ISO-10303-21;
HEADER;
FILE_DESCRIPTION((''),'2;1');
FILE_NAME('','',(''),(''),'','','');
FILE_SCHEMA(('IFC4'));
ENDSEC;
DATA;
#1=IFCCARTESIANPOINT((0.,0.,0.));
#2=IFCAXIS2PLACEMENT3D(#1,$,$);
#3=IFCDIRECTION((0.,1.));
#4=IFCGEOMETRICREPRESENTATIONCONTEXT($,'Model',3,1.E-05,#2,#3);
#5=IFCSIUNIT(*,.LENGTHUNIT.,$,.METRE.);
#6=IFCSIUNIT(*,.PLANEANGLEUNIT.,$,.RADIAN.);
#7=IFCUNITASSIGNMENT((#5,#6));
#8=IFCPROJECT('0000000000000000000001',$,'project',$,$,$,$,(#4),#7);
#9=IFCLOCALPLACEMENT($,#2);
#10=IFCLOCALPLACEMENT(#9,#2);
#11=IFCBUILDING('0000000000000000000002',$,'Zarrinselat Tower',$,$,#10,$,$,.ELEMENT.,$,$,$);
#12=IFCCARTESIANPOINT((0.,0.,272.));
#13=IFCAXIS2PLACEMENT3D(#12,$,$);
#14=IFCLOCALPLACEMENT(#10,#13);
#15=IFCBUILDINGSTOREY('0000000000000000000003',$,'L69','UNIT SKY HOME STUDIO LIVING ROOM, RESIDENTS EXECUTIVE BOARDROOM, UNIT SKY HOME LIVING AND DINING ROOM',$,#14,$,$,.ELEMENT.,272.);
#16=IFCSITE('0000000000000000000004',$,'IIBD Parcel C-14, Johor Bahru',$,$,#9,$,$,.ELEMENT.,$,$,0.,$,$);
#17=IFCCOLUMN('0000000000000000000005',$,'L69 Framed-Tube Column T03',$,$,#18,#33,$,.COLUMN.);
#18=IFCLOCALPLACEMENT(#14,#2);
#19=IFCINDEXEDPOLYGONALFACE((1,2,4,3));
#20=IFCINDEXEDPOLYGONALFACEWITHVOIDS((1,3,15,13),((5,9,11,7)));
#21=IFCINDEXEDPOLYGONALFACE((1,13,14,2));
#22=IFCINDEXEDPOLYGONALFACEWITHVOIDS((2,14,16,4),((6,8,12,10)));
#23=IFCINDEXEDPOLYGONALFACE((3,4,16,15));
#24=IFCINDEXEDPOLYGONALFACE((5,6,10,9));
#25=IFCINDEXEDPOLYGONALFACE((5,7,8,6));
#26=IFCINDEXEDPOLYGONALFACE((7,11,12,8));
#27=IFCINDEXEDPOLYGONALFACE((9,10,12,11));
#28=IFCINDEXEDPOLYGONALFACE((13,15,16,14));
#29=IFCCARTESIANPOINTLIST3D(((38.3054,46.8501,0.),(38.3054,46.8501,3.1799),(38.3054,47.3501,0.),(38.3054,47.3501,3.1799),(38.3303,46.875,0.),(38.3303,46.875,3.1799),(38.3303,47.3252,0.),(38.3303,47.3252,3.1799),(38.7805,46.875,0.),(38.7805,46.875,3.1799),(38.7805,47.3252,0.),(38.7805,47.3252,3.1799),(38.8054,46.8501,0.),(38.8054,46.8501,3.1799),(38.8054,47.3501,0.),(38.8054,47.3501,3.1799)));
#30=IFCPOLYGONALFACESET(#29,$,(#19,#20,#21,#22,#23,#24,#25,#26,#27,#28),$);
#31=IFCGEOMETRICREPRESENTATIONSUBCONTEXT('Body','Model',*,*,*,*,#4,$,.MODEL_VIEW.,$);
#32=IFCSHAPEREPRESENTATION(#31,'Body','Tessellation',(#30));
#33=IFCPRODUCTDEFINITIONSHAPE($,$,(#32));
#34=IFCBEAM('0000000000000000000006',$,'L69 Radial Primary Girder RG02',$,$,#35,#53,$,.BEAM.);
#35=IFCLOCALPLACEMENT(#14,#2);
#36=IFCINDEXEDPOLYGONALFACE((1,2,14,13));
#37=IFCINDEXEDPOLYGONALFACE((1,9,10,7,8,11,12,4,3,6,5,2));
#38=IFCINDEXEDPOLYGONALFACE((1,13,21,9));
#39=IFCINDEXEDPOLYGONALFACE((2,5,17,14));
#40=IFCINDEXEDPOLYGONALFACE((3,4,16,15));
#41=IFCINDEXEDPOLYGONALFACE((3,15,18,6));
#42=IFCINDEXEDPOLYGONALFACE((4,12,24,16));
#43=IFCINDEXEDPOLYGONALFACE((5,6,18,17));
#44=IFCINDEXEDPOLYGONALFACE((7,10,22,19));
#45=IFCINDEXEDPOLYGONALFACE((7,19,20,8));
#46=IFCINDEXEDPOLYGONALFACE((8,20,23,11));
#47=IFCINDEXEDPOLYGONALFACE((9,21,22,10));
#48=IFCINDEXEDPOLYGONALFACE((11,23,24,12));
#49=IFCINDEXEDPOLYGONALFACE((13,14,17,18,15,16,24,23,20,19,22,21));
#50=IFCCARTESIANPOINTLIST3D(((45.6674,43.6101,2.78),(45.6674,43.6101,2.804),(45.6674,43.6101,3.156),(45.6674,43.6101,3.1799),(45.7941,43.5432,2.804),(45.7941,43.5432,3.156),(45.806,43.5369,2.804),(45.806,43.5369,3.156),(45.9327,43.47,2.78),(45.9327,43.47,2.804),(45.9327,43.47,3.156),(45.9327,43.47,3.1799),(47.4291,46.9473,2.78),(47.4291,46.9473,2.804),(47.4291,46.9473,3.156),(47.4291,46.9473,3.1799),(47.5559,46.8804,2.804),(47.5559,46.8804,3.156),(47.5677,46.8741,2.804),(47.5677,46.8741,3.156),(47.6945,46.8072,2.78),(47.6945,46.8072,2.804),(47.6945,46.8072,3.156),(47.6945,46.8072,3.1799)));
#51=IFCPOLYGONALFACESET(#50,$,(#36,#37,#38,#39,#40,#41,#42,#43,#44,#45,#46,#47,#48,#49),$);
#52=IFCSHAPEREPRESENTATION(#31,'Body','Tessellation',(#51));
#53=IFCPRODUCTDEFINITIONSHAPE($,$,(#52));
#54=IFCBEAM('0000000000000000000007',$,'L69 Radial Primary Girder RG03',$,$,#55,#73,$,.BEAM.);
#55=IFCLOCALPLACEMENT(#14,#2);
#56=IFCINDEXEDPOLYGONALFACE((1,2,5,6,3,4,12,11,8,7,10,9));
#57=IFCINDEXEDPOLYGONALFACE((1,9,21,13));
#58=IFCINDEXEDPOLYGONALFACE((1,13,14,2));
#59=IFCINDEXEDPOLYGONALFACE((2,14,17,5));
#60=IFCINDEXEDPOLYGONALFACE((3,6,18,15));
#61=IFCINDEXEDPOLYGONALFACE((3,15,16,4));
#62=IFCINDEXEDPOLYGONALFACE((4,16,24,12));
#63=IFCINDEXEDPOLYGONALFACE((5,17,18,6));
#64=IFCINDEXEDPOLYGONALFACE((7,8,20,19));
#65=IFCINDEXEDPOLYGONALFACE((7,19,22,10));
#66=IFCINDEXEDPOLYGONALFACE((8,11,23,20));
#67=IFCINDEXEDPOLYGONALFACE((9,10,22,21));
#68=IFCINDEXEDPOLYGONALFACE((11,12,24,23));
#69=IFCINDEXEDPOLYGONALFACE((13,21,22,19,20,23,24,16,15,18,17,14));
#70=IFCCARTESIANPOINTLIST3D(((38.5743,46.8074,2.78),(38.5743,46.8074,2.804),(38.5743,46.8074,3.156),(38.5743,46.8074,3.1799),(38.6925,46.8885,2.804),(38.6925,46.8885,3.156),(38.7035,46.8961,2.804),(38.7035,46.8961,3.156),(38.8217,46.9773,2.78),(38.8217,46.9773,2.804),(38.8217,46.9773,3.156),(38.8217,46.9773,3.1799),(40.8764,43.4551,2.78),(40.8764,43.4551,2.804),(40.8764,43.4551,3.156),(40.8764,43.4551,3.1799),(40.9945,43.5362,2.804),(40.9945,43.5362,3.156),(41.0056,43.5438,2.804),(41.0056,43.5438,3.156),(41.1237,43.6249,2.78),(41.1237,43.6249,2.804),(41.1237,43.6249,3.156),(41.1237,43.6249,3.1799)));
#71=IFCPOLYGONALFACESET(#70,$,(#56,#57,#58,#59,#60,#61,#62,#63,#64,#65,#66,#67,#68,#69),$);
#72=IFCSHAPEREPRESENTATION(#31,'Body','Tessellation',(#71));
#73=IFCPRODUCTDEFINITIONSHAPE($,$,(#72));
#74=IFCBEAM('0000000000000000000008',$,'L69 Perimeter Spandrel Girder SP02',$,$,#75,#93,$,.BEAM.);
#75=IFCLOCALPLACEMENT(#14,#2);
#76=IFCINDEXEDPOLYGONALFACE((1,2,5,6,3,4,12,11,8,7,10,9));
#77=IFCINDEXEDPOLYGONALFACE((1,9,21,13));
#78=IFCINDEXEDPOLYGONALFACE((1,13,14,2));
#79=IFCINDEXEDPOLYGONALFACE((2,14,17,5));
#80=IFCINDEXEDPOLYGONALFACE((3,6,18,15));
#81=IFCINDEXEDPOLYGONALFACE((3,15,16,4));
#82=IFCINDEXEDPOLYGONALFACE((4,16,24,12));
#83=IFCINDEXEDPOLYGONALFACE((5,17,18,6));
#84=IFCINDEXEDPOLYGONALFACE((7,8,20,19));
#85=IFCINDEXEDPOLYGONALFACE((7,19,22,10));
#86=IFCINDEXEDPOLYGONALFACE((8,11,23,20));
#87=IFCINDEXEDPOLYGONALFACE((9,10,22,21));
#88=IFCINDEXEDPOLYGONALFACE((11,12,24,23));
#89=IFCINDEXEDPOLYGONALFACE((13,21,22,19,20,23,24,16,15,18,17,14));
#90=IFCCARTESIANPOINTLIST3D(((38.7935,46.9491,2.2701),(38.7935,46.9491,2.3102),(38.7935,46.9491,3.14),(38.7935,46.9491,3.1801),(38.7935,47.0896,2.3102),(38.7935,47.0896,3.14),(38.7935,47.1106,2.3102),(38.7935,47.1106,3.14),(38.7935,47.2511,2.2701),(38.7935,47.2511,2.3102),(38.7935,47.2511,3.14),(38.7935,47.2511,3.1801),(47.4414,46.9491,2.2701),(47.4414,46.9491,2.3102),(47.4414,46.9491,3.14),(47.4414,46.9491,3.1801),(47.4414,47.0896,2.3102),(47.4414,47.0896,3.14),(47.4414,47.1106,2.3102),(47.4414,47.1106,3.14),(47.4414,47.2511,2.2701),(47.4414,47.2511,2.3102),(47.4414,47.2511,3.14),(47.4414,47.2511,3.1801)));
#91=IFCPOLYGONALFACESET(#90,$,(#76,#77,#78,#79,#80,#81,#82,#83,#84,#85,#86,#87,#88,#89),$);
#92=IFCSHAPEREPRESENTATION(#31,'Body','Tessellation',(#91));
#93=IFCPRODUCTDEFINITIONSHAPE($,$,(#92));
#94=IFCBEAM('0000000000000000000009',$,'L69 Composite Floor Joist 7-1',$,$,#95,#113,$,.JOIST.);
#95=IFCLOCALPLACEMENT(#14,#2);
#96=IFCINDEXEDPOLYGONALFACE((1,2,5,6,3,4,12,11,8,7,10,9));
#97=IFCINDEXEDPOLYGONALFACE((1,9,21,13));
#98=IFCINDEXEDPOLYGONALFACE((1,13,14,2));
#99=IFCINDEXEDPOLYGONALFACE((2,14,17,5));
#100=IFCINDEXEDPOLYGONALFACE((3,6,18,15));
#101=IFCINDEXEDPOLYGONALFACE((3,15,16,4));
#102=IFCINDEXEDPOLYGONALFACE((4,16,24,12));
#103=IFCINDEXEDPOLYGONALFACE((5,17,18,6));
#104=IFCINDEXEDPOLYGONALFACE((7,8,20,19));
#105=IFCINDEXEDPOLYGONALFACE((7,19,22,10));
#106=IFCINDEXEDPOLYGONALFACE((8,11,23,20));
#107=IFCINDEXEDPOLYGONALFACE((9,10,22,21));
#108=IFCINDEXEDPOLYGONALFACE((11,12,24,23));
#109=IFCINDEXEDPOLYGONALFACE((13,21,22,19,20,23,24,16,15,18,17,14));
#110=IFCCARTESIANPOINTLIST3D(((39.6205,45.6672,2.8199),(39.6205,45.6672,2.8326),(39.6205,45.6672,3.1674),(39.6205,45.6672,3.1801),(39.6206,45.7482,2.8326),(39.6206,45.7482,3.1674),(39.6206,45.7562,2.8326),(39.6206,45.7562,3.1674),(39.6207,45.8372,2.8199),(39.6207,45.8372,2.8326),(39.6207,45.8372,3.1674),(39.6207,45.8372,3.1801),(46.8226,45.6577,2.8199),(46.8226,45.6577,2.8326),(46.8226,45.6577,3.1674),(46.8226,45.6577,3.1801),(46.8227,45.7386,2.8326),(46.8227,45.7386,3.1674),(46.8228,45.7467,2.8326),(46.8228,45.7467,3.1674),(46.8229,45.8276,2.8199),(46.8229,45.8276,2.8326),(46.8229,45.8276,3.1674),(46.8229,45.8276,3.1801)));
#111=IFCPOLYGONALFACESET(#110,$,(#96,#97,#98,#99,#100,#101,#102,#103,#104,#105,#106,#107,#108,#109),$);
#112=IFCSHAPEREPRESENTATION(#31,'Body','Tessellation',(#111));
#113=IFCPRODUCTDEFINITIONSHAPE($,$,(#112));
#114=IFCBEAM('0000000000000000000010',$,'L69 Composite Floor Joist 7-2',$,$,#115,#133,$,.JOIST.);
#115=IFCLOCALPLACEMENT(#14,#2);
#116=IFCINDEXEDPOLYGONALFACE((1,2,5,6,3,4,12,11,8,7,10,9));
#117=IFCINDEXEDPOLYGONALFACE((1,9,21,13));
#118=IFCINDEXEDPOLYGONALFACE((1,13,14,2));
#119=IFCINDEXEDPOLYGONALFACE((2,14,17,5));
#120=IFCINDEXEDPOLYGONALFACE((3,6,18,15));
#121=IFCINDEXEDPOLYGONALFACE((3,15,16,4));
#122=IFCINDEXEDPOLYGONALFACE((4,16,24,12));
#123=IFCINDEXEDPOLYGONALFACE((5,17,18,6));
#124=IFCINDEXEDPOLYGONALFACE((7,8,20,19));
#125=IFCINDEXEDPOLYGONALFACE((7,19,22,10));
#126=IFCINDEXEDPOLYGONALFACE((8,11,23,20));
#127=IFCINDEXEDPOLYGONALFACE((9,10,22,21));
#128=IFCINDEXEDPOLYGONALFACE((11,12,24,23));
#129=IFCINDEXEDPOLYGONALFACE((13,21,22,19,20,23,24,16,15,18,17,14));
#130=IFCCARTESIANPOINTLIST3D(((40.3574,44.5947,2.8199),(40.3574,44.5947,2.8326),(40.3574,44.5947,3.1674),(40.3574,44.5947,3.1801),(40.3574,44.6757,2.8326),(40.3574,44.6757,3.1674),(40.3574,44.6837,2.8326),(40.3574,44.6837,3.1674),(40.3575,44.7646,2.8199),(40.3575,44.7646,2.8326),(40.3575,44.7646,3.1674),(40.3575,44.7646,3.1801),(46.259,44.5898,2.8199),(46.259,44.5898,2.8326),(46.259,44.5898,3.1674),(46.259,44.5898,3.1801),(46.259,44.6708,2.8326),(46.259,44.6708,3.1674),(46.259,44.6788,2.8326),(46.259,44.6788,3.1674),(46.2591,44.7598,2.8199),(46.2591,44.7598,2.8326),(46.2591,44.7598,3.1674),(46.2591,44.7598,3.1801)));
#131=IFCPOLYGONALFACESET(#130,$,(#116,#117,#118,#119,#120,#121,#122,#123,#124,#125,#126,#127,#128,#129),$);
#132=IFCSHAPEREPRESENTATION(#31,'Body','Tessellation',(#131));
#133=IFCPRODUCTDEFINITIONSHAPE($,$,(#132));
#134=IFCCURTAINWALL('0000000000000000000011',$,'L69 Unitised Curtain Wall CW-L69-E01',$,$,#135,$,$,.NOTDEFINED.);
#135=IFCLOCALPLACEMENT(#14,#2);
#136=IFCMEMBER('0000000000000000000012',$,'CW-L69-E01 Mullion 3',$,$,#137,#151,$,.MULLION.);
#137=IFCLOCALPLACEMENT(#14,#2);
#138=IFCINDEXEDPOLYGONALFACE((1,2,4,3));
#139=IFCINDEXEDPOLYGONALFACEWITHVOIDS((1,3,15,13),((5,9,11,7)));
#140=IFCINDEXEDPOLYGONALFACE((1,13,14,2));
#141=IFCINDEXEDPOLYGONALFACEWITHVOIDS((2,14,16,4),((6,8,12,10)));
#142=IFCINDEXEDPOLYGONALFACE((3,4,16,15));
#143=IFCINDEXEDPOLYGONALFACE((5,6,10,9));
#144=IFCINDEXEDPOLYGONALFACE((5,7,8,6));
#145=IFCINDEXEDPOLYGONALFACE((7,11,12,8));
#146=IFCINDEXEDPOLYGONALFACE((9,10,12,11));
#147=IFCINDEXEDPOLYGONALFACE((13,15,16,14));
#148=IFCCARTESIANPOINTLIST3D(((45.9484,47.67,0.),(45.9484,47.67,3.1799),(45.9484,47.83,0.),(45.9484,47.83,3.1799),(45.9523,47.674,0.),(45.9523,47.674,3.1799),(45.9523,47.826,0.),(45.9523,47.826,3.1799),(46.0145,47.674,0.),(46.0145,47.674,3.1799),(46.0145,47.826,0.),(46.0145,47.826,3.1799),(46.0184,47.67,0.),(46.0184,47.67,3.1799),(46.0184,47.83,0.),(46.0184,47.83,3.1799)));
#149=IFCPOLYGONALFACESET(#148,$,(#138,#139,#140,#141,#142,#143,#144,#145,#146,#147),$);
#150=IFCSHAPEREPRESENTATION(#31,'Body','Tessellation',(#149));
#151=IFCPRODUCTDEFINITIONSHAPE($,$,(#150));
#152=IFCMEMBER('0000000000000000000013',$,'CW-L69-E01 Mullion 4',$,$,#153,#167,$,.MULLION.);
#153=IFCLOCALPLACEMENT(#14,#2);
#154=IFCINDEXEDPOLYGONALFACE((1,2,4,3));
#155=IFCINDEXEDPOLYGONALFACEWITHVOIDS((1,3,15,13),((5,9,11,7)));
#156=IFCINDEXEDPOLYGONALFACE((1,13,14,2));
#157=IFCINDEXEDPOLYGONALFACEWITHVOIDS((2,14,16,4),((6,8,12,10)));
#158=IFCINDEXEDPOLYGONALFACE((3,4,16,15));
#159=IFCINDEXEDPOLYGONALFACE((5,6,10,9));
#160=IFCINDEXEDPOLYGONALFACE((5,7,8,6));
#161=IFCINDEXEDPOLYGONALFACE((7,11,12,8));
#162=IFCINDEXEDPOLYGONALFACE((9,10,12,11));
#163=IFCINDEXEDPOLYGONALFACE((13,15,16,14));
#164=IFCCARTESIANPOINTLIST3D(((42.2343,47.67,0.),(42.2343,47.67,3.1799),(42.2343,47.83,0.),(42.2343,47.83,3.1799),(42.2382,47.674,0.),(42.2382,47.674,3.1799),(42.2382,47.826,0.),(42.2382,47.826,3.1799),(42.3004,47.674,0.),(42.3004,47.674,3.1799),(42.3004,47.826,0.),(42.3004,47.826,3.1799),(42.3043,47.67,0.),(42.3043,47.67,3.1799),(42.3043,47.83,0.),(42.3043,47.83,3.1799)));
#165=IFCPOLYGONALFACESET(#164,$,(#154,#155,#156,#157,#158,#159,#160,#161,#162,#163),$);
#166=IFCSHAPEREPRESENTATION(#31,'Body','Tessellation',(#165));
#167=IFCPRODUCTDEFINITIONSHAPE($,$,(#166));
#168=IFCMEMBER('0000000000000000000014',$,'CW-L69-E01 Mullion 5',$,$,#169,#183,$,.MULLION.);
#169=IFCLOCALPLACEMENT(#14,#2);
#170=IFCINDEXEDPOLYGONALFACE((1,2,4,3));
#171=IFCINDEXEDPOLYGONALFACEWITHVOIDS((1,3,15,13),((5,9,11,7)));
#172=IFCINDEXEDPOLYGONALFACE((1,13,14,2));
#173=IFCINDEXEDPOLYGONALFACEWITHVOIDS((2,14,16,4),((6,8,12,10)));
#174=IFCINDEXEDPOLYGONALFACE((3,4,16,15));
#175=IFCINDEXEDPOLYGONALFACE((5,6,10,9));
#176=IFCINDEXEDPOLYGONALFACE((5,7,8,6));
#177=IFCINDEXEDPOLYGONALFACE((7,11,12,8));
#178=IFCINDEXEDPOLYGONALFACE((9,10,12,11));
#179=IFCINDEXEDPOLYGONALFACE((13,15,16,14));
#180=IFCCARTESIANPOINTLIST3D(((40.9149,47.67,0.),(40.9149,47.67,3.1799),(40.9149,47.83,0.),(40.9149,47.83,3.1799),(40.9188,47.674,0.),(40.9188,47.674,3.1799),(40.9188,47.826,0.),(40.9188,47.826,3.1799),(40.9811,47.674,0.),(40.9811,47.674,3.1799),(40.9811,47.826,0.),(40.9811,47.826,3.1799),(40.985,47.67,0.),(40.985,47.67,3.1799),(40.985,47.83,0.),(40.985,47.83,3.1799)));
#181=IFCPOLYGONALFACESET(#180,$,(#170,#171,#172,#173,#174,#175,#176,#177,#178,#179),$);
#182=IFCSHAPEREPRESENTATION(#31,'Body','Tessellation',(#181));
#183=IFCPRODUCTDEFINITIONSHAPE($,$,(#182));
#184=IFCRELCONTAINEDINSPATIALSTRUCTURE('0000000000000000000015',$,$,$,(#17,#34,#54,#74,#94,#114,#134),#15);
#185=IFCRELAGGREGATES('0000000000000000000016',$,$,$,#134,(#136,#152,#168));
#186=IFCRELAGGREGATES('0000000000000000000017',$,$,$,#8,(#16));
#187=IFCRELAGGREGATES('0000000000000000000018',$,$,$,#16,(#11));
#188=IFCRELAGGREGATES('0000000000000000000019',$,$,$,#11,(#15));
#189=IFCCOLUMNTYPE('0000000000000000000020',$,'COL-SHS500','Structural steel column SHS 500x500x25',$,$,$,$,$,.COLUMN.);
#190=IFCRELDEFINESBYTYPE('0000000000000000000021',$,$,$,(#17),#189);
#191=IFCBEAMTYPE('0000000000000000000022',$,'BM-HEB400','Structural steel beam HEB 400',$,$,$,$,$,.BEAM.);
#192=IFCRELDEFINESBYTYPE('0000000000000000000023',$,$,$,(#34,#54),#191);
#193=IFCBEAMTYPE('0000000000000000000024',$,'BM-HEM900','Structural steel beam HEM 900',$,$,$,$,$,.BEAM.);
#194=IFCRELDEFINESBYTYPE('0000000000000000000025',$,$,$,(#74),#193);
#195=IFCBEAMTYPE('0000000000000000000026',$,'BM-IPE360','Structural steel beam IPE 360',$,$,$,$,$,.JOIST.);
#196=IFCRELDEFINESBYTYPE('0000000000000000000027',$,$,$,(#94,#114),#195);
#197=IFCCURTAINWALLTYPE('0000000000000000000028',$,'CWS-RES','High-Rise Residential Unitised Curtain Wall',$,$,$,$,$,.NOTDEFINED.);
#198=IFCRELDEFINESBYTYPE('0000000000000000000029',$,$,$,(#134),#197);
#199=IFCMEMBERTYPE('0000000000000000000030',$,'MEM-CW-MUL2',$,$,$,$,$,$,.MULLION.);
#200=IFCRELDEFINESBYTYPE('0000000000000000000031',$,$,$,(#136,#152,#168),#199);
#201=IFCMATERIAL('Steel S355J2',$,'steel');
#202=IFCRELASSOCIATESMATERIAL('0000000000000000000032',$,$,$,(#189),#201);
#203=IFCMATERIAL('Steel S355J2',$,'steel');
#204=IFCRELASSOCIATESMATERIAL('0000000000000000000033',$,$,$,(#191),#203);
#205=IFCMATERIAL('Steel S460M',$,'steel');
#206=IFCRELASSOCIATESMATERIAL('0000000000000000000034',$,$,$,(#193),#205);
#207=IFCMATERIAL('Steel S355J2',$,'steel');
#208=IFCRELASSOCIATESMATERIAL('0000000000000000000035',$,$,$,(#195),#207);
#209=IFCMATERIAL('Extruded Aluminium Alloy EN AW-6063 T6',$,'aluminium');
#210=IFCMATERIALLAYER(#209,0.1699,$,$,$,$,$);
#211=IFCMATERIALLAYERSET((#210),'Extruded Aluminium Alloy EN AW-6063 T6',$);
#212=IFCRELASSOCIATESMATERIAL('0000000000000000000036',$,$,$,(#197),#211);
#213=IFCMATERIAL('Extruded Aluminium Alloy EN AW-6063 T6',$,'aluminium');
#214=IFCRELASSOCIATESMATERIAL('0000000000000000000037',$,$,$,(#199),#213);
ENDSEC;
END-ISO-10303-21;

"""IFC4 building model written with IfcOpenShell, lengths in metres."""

from ifc_helpers import new_model, si_unit, direction, frame, origin, origin_2d, place, context, subcontext, project, spatial, hollow_rectangle, i_section, extrude, material, layer, layer_set, material_profile, profile_set, type_object, element, aggregate, save


model = new_model("IFC4")

# Units and contexts
model_context = context("Model", 3, precision=1e-05, world=origin(), true_north=direction((0.0, 1.0)))
body_context = subcontext(model_context, "Body", "Model", "MODEL_VIEW")
ifc_project = project(units=[si_unit("LENGTHUNIT", "METRE"), si_unit("PLANEANGLEUNIT", "RADIAN")], contexts=[model_context])

# Site, building, storey
site_placement = place(None, origin())
site = spatial("IfcSite", under=ifc_project, at=site_placement, Name="IIBD Parcel C-14, Johor Bahru", CompositionType="ELEMENT", RefElevation=0.0)
building_placement = place(site_placement, origin())
building = spatial("IfcBuilding", under=site, at=building_placement, Name="Zarrinselat Tower", CompositionType="ELEMENT")
storey_placement = place(building_placement, frame((0.0, 0.0, 272.0)))
storey = spatial("IfcBuildingStorey", under=building, at=storey_placement, Name="L69", Description="UNIT SKY HOME STUDIO LIVING ROOM, RESIDENTS EXECUTIVE BOARDROOM, UNIT SKY HOME LIVING AND DINING ROOM", CompositionType="ELEMENT", Elevation=272.0)

# Column
ifc_material_1 = material(Name="Steel S355J2", Category="steel")
ifc_material_profile_1 = material_profile(ifc_material_1, hollow_rectangle(XDim=0.5, YDim=0.5, WallThickness=0.0249, at=origin_2d()), Name="SHS 500x500x25")
ifc_profile_set_1 = profile_set([ifc_material_profile_1], Name="Steel S355J2")
column_type = type_object("IfcColumnType", Name="COL-SHS500", Description="Structural steel column SHS 500x500x25", PredefinedType="COLUMN", material=ifc_profile_set_1)
column_placement = place(storey_placement, frame((38.5554, 47.1001, 0.0), z_axis=(0.0, 0.0, 1.0), x_axis=(1.0, 0.0, 0.0)))
element("IfcColumn", 1, at=column_placement, inside=storey, type_object=column_type, Name="L69 Framed-Tube Column T03", PredefinedType="COLUMN", context=body_context, shape_type="SweptSolid", body=[
    extrude(hollow_rectangle(XDim=0.5, YDim=0.5, WallThickness=0.0249, at=origin_2d()), origin(), (0.0, 0.0, 1.0), 3.1799),
])

# Beams
ifc_material_2 = material(Name="Steel S355J2", Category="steel")
ifc_material_profile_2 = material_profile(ifc_material_2, i_section(OverallWidth=0.3, OverallDepth=0.3999, WebThickness=0.0134, FlangeThickness=0.0239, at=origin_2d()), Name="HEB 400")
ifc_profile_set_2 = profile_set([ifc_material_profile_2], Name="Steel S355J2")
beam_type_1 = type_object("IfcBeamType", Name="BM-HEB400", Description="Structural steel beam HEB 400", PredefinedType="BEAM", material=ifc_profile_set_2)
beam_1_placement = place(storey_placement, frame((45.8, 43.54, 2.98), z_axis=(0.46685, 0.884337, 0.0), x_axis=(-0.884337, 0.46685, 0.0)))
element("IfcBeam", 2, at=beam_1_placement, inside=storey, type_object=beam_type_1, Name="L69 Radial Primary Girder RG02", PredefinedType="BEAM", context=body_context, shape_type="SweptSolid", body=[
    extrude(i_section(OverallWidth=0.3, OverallDepth=0.3999, WebThickness=0.0134, FlangeThickness=0.0239, at=origin_2d()), origin(), (0.0, 0.0, 1.0), 3.7737),
])
beam_2_placement = place(storey_placement, frame((38.698, 46.8923, 2.98), z_axis=(0.566078, -0.824352, 0.0), x_axis=(0.824352, 0.566078, 0.0)))
element("IfcBeam", 3, at=beam_2_placement, inside=storey, type_object=beam_type_1, Name="L69 Radial Primary Girder RG03", PredefinedType="BEAM", context=body_context, shape_type="SweptSolid", body=[
    extrude(i_section(OverallWidth=0.3, OverallDepth=0.3999, WebThickness=0.0134, FlangeThickness=0.0239, at=origin_2d()), origin(), (0.0, 0.0, 1.0), 4.0667),
])
ifc_material_3 = material(Name="Steel S460M", Category="steel")
ifc_material_profile_3 = material_profile(ifc_material_3, i_section(OverallWidth=0.302, OverallDepth=0.9099, WebThickness=0.021, FlangeThickness=0.04, at=origin_2d()), Name="HEM 900")
ifc_profile_set_3 = profile_set([ifc_material_profile_3], Name="Steel S460M")
beam_type_2 = type_object("IfcBeamType", Name="BM-HEM900", Description="Structural steel beam HEM 900", PredefinedType="BEAM", material=ifc_profile_set_3)
beam_3_placement = place(storey_placement, frame((38.7935, 47.1001, 2.7251), z_axis=(1.0, 0.0, 0.0), x_axis=(0.0, 1.0, 0.0)))
element("IfcBeam", 4, at=beam_3_placement, inside=storey, type_object=beam_type_2, Name="L69 Perimeter Spandrel Girder SP02", PredefinedType="BEAM", context=body_context, shape_type="SweptSolid", body=[
    extrude(i_section(OverallWidth=0.302, OverallDepth=0.9099, WebThickness=0.021, FlangeThickness=0.04, at=origin_2d()), origin(), (0.0, 0.0, 1.0), 8.6479),
])
ifc_material_4 = material(Name="Steel S355J2", Category="steel")
ifc_material_profile_4 = material_profile(ifc_material_4, i_section(OverallWidth=0.1699, OverallDepth=0.3601, WebThickness=0.0081, FlangeThickness=0.0127, at=origin_2d()), Name="IPE 360")
ifc_profile_set_4 = profile_set([ifc_material_profile_4], Name="Steel S355J2")
beam_type_3 = type_object("IfcBeamType", Name="BM-IPE360", Description="Structural steel beam IPE 360", PredefinedType="JOIST", material=ifc_profile_set_4)
beam_4_placement = place(storey_placement, frame((39.6206, 45.7522, 3.0), z_axis=(0.999999, -0.001322, 0.0), x_axis=(0.001322, 0.999999, 0.0)))
element("IfcBeam", 5, at=beam_4_placement, inside=storey, type_object=beam_type_3, Name="L69 Composite Floor Joist 7-1", PredefinedType="JOIST", context=body_context, shape_type="SweptSolid", body=[
    extrude(i_section(OverallWidth=0.1699, OverallDepth=0.3601, WebThickness=0.0081, FlangeThickness=0.0127, at=origin_2d()), origin(), (0.0, 0.0, 1.0), 7.2021),
])
beam_5_placement = place(storey_placement, frame((40.3574, 44.6797, 3.0), z_axis=(1.0, -0.000827, 0.0), x_axis=(0.000827, 1.0, 0.0)))
element("IfcBeam", 6, at=beam_5_placement, inside=storey, type_object=beam_type_3, Name="L69 Composite Floor Joist 7-2", PredefinedType="JOIST", context=body_context, shape_type="SweptSolid", body=[
    extrude(i_section(OverallWidth=0.1699, OverallDepth=0.3601, WebThickness=0.0081, FlangeThickness=0.0127, at=origin_2d()), origin(), (0.0, 0.0, 1.0), 5.9016),
])

# Curtain wall, members
ifc_material_5 = material(Name="Extruded Aluminium Alloy EN AW-6063 T6", Category="aluminium")
ifc_layer_1 = layer(ifc_material_5, 0.1699)
ifc_layer_set_1 = layer_set([ifc_layer_1], Name="Extruded Aluminium Alloy EN AW-6063 T6")
curtain_wall_type = type_object("IfcCurtainWallType", Name="CWS-RES", Description="High-Rise Residential Unitised Curtain Wall", PredefinedType="NOTDEFINED", material=ifc_layer_set_1)
curtain_wall_placement = place(storey_placement, origin())
curtain_wall = element("IfcCurtainWall", 7, at=curtain_wall_placement, inside=storey, type_object=curtain_wall_type, Name="L69 Unitised Curtain Wall CW-L69-E01", PredefinedType="NOTDEFINED")
ifc_material_6 = material(Name="Extruded Aluminium Alloy EN AW-6063 T6", Category="aluminium")
ifc_material_profile_5 = material_profile(ifc_material_6, hollow_rectangle(XDim=0.0701, YDim=0.1599, WallThickness=0.0039, at=origin_2d()), Name="RHS 160x70x4")
ifc_profile_set_5 = profile_set([ifc_material_profile_5], Name="Extruded Aluminium Alloy EN AW-6063 T6")
member_type_1 = type_object("IfcMemberType", Name="MEM-CW-MUL2", PredefinedType="MULLION", material=ifc_profile_set_5)
member_1_placement = place(storey_placement, frame((45.9834, 47.75, 0.0), z_axis=(0.0, 0.0, 1.0), x_axis=(-1.0, 0.0, 0.0)))
member_1 = element("IfcMember", 8, at=member_1_placement, type_object=member_type_1, Name="CW-L69-E01 Mullion 3", PredefinedType="MULLION", context=body_context, shape_type="SweptSolid", body=[
    extrude(hollow_rectangle(XDim=0.0701, YDim=0.1599, WallThickness=0.0039, at=origin_2d()), origin(), (0.0, 0.0, 1.0), 3.1799),
])
member_2_placement = place(storey_placement, frame((42.2693, 47.75, 0.0), z_axis=(0.0, 0.0, 1.0), x_axis=(-1.0, 0.0, 0.0)))
member_2 = element("IfcMember", 9, at=member_2_placement, type_object=member_type_1, Name="CW-L69-E01 Mullion 4", PredefinedType="MULLION", context=body_context, shape_type="SweptSolid", body=[
    extrude(hollow_rectangle(XDim=0.0701, YDim=0.1599, WallThickness=0.0039, at=origin_2d()), origin(), (0.0, 0.0, 1.0), 3.1799),
])
member_3_placement = place(storey_placement, frame((40.95, 47.75, 0.0), z_axis=(0.0, 0.0, 1.0), x_axis=(-1.0, 0.0, 0.0)))
member_3 = element("IfcMember", 10, at=member_3_placement, type_object=member_type_1, Name="CW-L69-E01 Mullion 5", PredefinedType="MULLION", context=body_context, shape_type="SweptSolid", body=[
    extrude(hollow_rectangle(XDim=0.0701, YDim=0.1599, WallThickness=0.0039, at=origin_2d()), origin(), (0.0, 0.0, 1.0), 3.1799),
])
aggregate(curtain_wall, [member_1, member_2, member_3])

save(model, "model.ifc")
